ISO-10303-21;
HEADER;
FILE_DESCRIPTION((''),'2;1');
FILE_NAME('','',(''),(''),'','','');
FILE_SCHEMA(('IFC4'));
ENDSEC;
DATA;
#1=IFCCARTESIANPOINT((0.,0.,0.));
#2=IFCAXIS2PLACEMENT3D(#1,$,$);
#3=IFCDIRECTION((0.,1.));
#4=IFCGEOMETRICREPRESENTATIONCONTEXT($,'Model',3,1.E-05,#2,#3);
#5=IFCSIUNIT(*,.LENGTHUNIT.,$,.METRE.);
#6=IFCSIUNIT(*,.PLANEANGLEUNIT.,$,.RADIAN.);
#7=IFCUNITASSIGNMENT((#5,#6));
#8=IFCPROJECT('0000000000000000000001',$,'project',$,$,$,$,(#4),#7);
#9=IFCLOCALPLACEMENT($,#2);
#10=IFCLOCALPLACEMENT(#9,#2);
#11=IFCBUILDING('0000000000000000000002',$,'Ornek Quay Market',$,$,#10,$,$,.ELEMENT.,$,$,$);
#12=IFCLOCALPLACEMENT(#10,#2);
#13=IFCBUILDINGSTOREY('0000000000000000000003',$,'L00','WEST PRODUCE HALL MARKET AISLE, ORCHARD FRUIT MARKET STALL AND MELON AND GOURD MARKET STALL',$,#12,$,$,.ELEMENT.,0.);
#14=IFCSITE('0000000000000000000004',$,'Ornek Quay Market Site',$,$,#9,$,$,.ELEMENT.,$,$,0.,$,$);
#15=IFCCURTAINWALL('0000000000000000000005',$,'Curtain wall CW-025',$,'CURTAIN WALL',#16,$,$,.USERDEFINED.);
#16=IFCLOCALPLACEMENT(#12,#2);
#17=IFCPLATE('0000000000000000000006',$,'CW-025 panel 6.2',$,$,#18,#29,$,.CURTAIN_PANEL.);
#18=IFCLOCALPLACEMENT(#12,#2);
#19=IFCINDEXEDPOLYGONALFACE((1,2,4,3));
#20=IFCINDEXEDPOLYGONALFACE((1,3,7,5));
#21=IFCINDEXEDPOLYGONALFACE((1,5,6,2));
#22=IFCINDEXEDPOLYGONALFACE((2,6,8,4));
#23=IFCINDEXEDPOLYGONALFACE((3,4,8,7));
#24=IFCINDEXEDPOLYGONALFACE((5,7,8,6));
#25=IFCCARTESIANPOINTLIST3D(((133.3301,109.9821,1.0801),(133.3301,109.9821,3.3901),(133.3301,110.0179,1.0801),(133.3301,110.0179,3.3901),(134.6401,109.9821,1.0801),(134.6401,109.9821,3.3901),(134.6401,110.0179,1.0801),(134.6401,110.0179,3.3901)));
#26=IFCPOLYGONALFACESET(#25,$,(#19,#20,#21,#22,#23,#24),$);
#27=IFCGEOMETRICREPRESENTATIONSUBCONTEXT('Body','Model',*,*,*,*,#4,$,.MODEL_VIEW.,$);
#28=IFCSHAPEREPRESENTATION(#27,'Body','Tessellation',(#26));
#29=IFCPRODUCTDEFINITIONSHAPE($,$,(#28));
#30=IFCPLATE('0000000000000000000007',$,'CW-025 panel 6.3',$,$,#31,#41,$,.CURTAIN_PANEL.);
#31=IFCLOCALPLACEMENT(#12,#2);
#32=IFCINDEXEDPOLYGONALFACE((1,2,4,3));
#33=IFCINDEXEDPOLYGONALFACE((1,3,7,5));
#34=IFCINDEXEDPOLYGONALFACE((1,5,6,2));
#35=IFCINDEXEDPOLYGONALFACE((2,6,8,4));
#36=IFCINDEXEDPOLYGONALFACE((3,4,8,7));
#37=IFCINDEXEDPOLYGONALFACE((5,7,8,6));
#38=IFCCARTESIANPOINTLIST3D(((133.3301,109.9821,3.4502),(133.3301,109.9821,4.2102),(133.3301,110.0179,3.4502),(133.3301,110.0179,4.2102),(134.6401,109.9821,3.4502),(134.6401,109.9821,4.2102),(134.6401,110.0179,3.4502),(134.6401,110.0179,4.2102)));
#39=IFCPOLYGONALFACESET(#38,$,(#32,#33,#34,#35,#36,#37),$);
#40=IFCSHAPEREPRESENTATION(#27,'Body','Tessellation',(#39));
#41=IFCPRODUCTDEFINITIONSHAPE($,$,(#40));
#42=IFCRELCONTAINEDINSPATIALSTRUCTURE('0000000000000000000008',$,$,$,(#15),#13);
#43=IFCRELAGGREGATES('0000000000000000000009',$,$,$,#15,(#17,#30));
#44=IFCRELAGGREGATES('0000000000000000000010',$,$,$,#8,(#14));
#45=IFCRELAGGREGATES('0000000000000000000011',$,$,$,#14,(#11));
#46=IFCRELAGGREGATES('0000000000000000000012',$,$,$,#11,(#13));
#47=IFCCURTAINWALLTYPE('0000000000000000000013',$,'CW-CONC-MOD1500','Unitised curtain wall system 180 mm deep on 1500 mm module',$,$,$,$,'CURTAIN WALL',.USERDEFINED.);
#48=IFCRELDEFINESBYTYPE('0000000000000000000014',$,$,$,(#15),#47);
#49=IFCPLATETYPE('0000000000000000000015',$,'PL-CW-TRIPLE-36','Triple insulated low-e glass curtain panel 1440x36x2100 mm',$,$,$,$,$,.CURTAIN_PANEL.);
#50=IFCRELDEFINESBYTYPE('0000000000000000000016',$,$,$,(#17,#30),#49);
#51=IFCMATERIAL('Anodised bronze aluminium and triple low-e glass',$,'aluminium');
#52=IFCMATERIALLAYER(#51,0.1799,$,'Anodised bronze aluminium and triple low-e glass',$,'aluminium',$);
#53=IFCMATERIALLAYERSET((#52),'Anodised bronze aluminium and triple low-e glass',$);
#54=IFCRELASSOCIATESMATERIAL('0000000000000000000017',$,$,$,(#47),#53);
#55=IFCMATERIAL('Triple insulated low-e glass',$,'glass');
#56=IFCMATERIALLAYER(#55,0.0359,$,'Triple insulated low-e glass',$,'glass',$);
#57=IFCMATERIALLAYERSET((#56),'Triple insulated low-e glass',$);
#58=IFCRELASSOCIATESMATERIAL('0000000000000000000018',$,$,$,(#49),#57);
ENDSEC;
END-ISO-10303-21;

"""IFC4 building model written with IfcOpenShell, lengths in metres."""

from ifc_helpers import new_model, si_unit, direction, frame, origin, origin_2d, place, context, subcontext, project, spatial, rectangle, extrude, material, layer, layer_set, type_object, element, aggregate, save


model = new_model("IFC4")

# Units and contexts
model_context = context("Model", 3, precision=1e-05, world=origin(), true_north=direction((0.0, 1.0)))
body_context = subcontext(model_context, "Body", "Model", "MODEL_VIEW")
ifc_project = project(units=[si_unit("LENGTHUNIT", "METRE"), si_unit("PLANEANGLEUNIT", "RADIAN")], contexts=[model_context])

# Site, building, storey
site_placement = place(None, origin())
site = spatial("IfcSite", under=ifc_project, at=site_placement, Name="Ornek Quay Market Site", CompositionType="ELEMENT", RefElevation=0.0)
building_placement = place(site_placement, origin())
building = spatial("IfcBuilding", under=site, at=building_placement, Name="Ornek Quay Market", CompositionType="ELEMENT")
storey_placement = place(building_placement, origin())
storey = spatial("IfcBuildingStorey", under=building, at=storey_placement, Name="L00", Description="WEST PRODUCE HALL MARKET AISLE, ORCHARD FRUIT MARKET STALL AND MELON AND GOURD MARKET STALL", CompositionType="ELEMENT", Elevation=0.0)

# Curtain wall, plates
ifc_material_1 = material(Name="Anodised bronze aluminium and triple low-e glass", Category="aluminium")
ifc_layer_1 = layer(ifc_material_1, 0.1799, Name="Anodised bronze aluminium and triple low-e glass", Category="aluminium")
ifc_layer_set_1 = layer_set([ifc_layer_1], Name="Anodised bronze aluminium and triple low-e glass")
curtain_wall_type = type_object("IfcCurtainWallType", Name="CW-CONC-MOD1500", Description="Unitised curtain wall system 180 mm deep on 1500 mm module", ElementType="CURTAIN WALL", PredefinedType="USERDEFINED", material=ifc_layer_set_1)
curtain_wall_placement = place(storey_placement, origin())
curtain_wall = element("IfcCurtainWall", 1, at=curtain_wall_placement, inside=storey, type_object=curtain_wall_type, Name="Curtain wall CW-025", ObjectType="CURTAIN WALL", PredefinedType="USERDEFINED")
ifc_material_2 = material(Name="Triple insulated low-e glass", Category="glass")
ifc_layer_2 = layer(ifc_material_2, 0.0359, Name="Triple insulated low-e glass", Category="glass")
ifc_layer_set_2 = layer_set([ifc_layer_2], Name="Triple insulated low-e glass")
plate_type = type_object("IfcPlateType", Name="PL-CW-TRIPLE-36", Description="Triple insulated low-e glass curtain panel 1440x36x2100 mm", PredefinedType="CURTAIN_PANEL", material=ifc_layer_set_2)
plate_1_placement = place(storey_placement, frame((133.9851, 110.0, 1.0801), z_axis=(0.0, 0.0, 1.0), x_axis=(1.0, 0.0, 0.0)))
plate_1 = element("IfcPlate", 2, at=plate_1_placement, type_object=plate_type, Name="CW-025 panel 6.2", PredefinedType="CURTAIN_PANEL", context=body_context, shape_type="SweptSolid", body=[
    extrude(rectangle(XDim=1.3101, YDim=0.0359, at=origin_2d()), origin(), (0.0, 0.0, 1.0), 2.3101),
])
plate_2_placement = place(storey_placement, frame((133.9851, 110.0, 3.4502), z_axis=(0.0, 0.0, 1.0), x_axis=(1.0, 0.0, 0.0)))
plate_2 = element("IfcPlate", 3, at=plate_2_placement, type_object=plate_type, Name="CW-025 panel 6.3", PredefinedType="CURTAIN_PANEL", context=body_context, shape_type="SweptSolid", body=[
    extrude(rectangle(XDim=1.3101, YDim=0.0359, at=origin_2d()), origin(), (0.0, 0.0, 1.0), 0.76),
])
aggregate(curtain_wall, [plate_1, plate_2])

save(model, "model.ifc")
